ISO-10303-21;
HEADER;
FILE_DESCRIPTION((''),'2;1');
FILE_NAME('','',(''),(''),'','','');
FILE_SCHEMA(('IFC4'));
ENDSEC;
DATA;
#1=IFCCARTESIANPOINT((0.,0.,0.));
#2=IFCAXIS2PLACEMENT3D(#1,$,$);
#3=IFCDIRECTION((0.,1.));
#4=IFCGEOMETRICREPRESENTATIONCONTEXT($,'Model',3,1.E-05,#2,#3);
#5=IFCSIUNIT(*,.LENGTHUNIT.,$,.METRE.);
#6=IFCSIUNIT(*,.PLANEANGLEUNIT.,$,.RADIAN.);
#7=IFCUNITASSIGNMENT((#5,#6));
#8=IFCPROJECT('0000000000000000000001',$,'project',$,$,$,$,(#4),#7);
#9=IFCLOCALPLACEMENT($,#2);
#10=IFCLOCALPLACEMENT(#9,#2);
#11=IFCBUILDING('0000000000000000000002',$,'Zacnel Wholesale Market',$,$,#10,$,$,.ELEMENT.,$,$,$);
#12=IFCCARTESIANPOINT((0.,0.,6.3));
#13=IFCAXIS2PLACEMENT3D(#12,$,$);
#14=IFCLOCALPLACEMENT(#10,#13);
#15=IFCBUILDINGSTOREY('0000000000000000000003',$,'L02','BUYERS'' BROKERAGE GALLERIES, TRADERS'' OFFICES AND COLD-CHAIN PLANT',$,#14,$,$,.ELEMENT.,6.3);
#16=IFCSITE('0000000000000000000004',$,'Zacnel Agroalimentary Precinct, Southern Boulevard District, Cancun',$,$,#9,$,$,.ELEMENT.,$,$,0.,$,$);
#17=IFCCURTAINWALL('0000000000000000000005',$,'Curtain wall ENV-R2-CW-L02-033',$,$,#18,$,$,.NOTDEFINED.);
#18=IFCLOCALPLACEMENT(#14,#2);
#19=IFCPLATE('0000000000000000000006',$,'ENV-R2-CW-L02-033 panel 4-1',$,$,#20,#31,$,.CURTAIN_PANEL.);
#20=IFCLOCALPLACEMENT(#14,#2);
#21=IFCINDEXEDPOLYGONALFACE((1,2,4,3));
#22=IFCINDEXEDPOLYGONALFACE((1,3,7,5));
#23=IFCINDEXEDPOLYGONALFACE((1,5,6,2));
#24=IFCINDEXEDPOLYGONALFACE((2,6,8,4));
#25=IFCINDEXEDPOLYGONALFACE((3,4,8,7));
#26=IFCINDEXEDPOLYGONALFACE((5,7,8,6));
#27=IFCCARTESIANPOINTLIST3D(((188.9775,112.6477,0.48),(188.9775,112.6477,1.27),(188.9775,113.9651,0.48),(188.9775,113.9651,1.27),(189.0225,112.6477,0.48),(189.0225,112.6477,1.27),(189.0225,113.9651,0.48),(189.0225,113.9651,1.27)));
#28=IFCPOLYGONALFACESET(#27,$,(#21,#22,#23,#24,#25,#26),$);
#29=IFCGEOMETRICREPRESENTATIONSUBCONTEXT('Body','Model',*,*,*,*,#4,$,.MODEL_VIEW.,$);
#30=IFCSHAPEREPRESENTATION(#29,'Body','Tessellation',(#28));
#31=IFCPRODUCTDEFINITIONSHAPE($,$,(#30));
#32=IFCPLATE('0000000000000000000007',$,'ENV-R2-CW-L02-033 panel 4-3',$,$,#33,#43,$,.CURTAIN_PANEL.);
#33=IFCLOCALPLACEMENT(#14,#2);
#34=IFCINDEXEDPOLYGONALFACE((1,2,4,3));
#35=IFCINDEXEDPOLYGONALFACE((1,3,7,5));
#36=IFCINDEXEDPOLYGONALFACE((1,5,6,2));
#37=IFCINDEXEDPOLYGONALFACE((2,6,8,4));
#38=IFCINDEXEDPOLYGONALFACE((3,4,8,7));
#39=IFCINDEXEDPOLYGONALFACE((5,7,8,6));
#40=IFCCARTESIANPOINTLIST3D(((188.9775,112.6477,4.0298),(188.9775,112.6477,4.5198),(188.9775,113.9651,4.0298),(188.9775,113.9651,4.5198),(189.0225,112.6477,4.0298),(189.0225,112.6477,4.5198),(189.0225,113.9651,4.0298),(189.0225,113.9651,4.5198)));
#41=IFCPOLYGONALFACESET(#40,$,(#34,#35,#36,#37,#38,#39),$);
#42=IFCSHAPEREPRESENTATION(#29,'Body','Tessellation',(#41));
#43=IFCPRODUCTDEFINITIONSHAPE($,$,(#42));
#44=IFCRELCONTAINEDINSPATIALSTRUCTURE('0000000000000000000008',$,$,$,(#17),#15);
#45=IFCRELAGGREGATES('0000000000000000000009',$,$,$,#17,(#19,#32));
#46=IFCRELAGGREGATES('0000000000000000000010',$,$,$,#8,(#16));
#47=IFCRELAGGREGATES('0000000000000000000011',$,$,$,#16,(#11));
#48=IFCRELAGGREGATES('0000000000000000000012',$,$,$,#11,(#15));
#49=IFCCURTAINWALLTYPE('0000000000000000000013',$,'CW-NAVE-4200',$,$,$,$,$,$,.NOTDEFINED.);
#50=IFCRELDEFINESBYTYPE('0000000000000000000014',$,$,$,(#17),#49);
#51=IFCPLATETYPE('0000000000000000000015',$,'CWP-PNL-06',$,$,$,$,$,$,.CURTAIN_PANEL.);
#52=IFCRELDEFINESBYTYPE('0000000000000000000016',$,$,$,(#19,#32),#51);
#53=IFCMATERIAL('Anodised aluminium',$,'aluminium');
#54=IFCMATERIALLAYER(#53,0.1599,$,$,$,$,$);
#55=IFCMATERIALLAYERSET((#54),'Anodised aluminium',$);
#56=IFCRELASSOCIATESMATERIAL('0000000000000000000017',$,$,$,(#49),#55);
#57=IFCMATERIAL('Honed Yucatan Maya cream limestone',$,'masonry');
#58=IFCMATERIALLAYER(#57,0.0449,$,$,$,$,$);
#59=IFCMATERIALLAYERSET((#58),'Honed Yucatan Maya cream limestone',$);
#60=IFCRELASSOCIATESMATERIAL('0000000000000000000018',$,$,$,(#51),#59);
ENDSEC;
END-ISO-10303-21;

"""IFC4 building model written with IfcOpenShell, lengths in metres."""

from ifc_helpers import new_model, si_unit, direction, frame, origin, origin_2d, place, context, subcontext, project, spatial, rectangle, extrude, material, layer, layer_set, type_object, element, aggregate, save


model = new_model("IFC4")

# Units and contexts
model_context = context("Model", 3, precision=1e-05, world=origin(), true_north=direction((0.0, 1.0)))
body_context = subcontext(model_context, "Body", "Model", "MODEL_VIEW")
ifc_project = project(units=[si_unit("LENGTHUNIT", "METRE"), si_unit("PLANEANGLEUNIT", "RADIAN")], contexts=[model_context])

# Site, building, storey
site_placement = place(None, origin())
site = spatial("IfcSite", under=ifc_project, at=site_placement, Name="Zacnel Agroalimentary Precinct, Southern Boulevard District, Cancun", CompositionType="ELEMENT", RefElevation=0.0)
building_placement = place(site_placement, origin())
building = spatial("IfcBuilding", under=site, at=building_placement, Name="Zacnel Wholesale Market", CompositionType="ELEMENT")
storey_placement = place(building_placement, frame((0.0, 0.0, 6.3)))
storey = spatial("IfcBuildingStorey", under=building, at=storey_placement, Name="L02", Description="BUYERS' BROKERAGE GALLERIES, TRADERS' OFFICES AND COLD-CHAIN PLANT", CompositionType="ELEMENT", Elevation=6.3)

# Curtain wall, plates
ifc_material_1 = material(Name="Anodised aluminium", Category="aluminium")
ifc_layer_1 = layer(ifc_material_1, 0.1599)
ifc_layer_set_1 = layer_set([ifc_layer_1], Name="Anodised aluminium")
curtain_wall_type = type_object("IfcCurtainWallType", Name="CW-NAVE-4200", PredefinedType="NOTDEFINED", material=ifc_layer_set_1)
curtain_wall_placement = place(storey_placement, origin())
curtain_wall = element("IfcCurtainWall", 1, at=curtain_wall_placement, inside=storey, type_object=curtain_wall_type, Name="Curtain wall ENV-R2-CW-L02-033", PredefinedType="NOTDEFINED")
ifc_material_2 = material(Name="Honed Yucatan Maya cream limestone", Category="masonry")
ifc_layer_2 = layer(ifc_material_2, 0.0449)
ifc_layer_set_2 = layer_set([ifc_layer_2], Name="Honed Yucatan Maya cream limestone")
plate_type_1 = type_object("IfcPlateType", Name="CWP-PNL-06", PredefinedType="CURTAIN_PANEL", material=ifc_layer_set_2)
plate_1_placement = place(storey_placement, frame((189.0, 113.3064, 0.48), z_axis=(0.0, 0.0, 1.0), x_axis=(0.0, 1.0, 0.0)))
plate_1 = element("IfcPlate", 2, at=plate_1_placement, type_object=plate_type_1, Name="ENV-R2-CW-L02-033 panel 4-1", PredefinedType="CURTAIN_PANEL", context=body_context, shape_type="SweptSolid", body=[
    extrude(rectangle(XDim=1.3174, YDim=0.0449, at=origin_2d()), origin(), (0.0, 0.0, 1.0), 0.79),
])
plate_2_placement = place(storey_placement, frame((189.0, 113.3064, 4.0298), z_axis=(0.0, 0.0, 1.0), x_axis=(0.0, 1.0, 0.0)))
plate_2 = element("IfcPlate", 3, at=plate_2_placement, type_object=plate_type_1, Name="ENV-R2-CW-L02-033 panel 4-3", PredefinedType="CURTAIN_PANEL", context=body_context, shape_type="SweptSolid", body=[
    extrude(rectangle(XDim=1.3174, YDim=0.0449, at=origin_2d()), origin(), (0.0, 0.0, 1.0), 0.49),
])
aggregate(curtain_wall, [plate_1, plate_2])

save(model, "model.ifc")
